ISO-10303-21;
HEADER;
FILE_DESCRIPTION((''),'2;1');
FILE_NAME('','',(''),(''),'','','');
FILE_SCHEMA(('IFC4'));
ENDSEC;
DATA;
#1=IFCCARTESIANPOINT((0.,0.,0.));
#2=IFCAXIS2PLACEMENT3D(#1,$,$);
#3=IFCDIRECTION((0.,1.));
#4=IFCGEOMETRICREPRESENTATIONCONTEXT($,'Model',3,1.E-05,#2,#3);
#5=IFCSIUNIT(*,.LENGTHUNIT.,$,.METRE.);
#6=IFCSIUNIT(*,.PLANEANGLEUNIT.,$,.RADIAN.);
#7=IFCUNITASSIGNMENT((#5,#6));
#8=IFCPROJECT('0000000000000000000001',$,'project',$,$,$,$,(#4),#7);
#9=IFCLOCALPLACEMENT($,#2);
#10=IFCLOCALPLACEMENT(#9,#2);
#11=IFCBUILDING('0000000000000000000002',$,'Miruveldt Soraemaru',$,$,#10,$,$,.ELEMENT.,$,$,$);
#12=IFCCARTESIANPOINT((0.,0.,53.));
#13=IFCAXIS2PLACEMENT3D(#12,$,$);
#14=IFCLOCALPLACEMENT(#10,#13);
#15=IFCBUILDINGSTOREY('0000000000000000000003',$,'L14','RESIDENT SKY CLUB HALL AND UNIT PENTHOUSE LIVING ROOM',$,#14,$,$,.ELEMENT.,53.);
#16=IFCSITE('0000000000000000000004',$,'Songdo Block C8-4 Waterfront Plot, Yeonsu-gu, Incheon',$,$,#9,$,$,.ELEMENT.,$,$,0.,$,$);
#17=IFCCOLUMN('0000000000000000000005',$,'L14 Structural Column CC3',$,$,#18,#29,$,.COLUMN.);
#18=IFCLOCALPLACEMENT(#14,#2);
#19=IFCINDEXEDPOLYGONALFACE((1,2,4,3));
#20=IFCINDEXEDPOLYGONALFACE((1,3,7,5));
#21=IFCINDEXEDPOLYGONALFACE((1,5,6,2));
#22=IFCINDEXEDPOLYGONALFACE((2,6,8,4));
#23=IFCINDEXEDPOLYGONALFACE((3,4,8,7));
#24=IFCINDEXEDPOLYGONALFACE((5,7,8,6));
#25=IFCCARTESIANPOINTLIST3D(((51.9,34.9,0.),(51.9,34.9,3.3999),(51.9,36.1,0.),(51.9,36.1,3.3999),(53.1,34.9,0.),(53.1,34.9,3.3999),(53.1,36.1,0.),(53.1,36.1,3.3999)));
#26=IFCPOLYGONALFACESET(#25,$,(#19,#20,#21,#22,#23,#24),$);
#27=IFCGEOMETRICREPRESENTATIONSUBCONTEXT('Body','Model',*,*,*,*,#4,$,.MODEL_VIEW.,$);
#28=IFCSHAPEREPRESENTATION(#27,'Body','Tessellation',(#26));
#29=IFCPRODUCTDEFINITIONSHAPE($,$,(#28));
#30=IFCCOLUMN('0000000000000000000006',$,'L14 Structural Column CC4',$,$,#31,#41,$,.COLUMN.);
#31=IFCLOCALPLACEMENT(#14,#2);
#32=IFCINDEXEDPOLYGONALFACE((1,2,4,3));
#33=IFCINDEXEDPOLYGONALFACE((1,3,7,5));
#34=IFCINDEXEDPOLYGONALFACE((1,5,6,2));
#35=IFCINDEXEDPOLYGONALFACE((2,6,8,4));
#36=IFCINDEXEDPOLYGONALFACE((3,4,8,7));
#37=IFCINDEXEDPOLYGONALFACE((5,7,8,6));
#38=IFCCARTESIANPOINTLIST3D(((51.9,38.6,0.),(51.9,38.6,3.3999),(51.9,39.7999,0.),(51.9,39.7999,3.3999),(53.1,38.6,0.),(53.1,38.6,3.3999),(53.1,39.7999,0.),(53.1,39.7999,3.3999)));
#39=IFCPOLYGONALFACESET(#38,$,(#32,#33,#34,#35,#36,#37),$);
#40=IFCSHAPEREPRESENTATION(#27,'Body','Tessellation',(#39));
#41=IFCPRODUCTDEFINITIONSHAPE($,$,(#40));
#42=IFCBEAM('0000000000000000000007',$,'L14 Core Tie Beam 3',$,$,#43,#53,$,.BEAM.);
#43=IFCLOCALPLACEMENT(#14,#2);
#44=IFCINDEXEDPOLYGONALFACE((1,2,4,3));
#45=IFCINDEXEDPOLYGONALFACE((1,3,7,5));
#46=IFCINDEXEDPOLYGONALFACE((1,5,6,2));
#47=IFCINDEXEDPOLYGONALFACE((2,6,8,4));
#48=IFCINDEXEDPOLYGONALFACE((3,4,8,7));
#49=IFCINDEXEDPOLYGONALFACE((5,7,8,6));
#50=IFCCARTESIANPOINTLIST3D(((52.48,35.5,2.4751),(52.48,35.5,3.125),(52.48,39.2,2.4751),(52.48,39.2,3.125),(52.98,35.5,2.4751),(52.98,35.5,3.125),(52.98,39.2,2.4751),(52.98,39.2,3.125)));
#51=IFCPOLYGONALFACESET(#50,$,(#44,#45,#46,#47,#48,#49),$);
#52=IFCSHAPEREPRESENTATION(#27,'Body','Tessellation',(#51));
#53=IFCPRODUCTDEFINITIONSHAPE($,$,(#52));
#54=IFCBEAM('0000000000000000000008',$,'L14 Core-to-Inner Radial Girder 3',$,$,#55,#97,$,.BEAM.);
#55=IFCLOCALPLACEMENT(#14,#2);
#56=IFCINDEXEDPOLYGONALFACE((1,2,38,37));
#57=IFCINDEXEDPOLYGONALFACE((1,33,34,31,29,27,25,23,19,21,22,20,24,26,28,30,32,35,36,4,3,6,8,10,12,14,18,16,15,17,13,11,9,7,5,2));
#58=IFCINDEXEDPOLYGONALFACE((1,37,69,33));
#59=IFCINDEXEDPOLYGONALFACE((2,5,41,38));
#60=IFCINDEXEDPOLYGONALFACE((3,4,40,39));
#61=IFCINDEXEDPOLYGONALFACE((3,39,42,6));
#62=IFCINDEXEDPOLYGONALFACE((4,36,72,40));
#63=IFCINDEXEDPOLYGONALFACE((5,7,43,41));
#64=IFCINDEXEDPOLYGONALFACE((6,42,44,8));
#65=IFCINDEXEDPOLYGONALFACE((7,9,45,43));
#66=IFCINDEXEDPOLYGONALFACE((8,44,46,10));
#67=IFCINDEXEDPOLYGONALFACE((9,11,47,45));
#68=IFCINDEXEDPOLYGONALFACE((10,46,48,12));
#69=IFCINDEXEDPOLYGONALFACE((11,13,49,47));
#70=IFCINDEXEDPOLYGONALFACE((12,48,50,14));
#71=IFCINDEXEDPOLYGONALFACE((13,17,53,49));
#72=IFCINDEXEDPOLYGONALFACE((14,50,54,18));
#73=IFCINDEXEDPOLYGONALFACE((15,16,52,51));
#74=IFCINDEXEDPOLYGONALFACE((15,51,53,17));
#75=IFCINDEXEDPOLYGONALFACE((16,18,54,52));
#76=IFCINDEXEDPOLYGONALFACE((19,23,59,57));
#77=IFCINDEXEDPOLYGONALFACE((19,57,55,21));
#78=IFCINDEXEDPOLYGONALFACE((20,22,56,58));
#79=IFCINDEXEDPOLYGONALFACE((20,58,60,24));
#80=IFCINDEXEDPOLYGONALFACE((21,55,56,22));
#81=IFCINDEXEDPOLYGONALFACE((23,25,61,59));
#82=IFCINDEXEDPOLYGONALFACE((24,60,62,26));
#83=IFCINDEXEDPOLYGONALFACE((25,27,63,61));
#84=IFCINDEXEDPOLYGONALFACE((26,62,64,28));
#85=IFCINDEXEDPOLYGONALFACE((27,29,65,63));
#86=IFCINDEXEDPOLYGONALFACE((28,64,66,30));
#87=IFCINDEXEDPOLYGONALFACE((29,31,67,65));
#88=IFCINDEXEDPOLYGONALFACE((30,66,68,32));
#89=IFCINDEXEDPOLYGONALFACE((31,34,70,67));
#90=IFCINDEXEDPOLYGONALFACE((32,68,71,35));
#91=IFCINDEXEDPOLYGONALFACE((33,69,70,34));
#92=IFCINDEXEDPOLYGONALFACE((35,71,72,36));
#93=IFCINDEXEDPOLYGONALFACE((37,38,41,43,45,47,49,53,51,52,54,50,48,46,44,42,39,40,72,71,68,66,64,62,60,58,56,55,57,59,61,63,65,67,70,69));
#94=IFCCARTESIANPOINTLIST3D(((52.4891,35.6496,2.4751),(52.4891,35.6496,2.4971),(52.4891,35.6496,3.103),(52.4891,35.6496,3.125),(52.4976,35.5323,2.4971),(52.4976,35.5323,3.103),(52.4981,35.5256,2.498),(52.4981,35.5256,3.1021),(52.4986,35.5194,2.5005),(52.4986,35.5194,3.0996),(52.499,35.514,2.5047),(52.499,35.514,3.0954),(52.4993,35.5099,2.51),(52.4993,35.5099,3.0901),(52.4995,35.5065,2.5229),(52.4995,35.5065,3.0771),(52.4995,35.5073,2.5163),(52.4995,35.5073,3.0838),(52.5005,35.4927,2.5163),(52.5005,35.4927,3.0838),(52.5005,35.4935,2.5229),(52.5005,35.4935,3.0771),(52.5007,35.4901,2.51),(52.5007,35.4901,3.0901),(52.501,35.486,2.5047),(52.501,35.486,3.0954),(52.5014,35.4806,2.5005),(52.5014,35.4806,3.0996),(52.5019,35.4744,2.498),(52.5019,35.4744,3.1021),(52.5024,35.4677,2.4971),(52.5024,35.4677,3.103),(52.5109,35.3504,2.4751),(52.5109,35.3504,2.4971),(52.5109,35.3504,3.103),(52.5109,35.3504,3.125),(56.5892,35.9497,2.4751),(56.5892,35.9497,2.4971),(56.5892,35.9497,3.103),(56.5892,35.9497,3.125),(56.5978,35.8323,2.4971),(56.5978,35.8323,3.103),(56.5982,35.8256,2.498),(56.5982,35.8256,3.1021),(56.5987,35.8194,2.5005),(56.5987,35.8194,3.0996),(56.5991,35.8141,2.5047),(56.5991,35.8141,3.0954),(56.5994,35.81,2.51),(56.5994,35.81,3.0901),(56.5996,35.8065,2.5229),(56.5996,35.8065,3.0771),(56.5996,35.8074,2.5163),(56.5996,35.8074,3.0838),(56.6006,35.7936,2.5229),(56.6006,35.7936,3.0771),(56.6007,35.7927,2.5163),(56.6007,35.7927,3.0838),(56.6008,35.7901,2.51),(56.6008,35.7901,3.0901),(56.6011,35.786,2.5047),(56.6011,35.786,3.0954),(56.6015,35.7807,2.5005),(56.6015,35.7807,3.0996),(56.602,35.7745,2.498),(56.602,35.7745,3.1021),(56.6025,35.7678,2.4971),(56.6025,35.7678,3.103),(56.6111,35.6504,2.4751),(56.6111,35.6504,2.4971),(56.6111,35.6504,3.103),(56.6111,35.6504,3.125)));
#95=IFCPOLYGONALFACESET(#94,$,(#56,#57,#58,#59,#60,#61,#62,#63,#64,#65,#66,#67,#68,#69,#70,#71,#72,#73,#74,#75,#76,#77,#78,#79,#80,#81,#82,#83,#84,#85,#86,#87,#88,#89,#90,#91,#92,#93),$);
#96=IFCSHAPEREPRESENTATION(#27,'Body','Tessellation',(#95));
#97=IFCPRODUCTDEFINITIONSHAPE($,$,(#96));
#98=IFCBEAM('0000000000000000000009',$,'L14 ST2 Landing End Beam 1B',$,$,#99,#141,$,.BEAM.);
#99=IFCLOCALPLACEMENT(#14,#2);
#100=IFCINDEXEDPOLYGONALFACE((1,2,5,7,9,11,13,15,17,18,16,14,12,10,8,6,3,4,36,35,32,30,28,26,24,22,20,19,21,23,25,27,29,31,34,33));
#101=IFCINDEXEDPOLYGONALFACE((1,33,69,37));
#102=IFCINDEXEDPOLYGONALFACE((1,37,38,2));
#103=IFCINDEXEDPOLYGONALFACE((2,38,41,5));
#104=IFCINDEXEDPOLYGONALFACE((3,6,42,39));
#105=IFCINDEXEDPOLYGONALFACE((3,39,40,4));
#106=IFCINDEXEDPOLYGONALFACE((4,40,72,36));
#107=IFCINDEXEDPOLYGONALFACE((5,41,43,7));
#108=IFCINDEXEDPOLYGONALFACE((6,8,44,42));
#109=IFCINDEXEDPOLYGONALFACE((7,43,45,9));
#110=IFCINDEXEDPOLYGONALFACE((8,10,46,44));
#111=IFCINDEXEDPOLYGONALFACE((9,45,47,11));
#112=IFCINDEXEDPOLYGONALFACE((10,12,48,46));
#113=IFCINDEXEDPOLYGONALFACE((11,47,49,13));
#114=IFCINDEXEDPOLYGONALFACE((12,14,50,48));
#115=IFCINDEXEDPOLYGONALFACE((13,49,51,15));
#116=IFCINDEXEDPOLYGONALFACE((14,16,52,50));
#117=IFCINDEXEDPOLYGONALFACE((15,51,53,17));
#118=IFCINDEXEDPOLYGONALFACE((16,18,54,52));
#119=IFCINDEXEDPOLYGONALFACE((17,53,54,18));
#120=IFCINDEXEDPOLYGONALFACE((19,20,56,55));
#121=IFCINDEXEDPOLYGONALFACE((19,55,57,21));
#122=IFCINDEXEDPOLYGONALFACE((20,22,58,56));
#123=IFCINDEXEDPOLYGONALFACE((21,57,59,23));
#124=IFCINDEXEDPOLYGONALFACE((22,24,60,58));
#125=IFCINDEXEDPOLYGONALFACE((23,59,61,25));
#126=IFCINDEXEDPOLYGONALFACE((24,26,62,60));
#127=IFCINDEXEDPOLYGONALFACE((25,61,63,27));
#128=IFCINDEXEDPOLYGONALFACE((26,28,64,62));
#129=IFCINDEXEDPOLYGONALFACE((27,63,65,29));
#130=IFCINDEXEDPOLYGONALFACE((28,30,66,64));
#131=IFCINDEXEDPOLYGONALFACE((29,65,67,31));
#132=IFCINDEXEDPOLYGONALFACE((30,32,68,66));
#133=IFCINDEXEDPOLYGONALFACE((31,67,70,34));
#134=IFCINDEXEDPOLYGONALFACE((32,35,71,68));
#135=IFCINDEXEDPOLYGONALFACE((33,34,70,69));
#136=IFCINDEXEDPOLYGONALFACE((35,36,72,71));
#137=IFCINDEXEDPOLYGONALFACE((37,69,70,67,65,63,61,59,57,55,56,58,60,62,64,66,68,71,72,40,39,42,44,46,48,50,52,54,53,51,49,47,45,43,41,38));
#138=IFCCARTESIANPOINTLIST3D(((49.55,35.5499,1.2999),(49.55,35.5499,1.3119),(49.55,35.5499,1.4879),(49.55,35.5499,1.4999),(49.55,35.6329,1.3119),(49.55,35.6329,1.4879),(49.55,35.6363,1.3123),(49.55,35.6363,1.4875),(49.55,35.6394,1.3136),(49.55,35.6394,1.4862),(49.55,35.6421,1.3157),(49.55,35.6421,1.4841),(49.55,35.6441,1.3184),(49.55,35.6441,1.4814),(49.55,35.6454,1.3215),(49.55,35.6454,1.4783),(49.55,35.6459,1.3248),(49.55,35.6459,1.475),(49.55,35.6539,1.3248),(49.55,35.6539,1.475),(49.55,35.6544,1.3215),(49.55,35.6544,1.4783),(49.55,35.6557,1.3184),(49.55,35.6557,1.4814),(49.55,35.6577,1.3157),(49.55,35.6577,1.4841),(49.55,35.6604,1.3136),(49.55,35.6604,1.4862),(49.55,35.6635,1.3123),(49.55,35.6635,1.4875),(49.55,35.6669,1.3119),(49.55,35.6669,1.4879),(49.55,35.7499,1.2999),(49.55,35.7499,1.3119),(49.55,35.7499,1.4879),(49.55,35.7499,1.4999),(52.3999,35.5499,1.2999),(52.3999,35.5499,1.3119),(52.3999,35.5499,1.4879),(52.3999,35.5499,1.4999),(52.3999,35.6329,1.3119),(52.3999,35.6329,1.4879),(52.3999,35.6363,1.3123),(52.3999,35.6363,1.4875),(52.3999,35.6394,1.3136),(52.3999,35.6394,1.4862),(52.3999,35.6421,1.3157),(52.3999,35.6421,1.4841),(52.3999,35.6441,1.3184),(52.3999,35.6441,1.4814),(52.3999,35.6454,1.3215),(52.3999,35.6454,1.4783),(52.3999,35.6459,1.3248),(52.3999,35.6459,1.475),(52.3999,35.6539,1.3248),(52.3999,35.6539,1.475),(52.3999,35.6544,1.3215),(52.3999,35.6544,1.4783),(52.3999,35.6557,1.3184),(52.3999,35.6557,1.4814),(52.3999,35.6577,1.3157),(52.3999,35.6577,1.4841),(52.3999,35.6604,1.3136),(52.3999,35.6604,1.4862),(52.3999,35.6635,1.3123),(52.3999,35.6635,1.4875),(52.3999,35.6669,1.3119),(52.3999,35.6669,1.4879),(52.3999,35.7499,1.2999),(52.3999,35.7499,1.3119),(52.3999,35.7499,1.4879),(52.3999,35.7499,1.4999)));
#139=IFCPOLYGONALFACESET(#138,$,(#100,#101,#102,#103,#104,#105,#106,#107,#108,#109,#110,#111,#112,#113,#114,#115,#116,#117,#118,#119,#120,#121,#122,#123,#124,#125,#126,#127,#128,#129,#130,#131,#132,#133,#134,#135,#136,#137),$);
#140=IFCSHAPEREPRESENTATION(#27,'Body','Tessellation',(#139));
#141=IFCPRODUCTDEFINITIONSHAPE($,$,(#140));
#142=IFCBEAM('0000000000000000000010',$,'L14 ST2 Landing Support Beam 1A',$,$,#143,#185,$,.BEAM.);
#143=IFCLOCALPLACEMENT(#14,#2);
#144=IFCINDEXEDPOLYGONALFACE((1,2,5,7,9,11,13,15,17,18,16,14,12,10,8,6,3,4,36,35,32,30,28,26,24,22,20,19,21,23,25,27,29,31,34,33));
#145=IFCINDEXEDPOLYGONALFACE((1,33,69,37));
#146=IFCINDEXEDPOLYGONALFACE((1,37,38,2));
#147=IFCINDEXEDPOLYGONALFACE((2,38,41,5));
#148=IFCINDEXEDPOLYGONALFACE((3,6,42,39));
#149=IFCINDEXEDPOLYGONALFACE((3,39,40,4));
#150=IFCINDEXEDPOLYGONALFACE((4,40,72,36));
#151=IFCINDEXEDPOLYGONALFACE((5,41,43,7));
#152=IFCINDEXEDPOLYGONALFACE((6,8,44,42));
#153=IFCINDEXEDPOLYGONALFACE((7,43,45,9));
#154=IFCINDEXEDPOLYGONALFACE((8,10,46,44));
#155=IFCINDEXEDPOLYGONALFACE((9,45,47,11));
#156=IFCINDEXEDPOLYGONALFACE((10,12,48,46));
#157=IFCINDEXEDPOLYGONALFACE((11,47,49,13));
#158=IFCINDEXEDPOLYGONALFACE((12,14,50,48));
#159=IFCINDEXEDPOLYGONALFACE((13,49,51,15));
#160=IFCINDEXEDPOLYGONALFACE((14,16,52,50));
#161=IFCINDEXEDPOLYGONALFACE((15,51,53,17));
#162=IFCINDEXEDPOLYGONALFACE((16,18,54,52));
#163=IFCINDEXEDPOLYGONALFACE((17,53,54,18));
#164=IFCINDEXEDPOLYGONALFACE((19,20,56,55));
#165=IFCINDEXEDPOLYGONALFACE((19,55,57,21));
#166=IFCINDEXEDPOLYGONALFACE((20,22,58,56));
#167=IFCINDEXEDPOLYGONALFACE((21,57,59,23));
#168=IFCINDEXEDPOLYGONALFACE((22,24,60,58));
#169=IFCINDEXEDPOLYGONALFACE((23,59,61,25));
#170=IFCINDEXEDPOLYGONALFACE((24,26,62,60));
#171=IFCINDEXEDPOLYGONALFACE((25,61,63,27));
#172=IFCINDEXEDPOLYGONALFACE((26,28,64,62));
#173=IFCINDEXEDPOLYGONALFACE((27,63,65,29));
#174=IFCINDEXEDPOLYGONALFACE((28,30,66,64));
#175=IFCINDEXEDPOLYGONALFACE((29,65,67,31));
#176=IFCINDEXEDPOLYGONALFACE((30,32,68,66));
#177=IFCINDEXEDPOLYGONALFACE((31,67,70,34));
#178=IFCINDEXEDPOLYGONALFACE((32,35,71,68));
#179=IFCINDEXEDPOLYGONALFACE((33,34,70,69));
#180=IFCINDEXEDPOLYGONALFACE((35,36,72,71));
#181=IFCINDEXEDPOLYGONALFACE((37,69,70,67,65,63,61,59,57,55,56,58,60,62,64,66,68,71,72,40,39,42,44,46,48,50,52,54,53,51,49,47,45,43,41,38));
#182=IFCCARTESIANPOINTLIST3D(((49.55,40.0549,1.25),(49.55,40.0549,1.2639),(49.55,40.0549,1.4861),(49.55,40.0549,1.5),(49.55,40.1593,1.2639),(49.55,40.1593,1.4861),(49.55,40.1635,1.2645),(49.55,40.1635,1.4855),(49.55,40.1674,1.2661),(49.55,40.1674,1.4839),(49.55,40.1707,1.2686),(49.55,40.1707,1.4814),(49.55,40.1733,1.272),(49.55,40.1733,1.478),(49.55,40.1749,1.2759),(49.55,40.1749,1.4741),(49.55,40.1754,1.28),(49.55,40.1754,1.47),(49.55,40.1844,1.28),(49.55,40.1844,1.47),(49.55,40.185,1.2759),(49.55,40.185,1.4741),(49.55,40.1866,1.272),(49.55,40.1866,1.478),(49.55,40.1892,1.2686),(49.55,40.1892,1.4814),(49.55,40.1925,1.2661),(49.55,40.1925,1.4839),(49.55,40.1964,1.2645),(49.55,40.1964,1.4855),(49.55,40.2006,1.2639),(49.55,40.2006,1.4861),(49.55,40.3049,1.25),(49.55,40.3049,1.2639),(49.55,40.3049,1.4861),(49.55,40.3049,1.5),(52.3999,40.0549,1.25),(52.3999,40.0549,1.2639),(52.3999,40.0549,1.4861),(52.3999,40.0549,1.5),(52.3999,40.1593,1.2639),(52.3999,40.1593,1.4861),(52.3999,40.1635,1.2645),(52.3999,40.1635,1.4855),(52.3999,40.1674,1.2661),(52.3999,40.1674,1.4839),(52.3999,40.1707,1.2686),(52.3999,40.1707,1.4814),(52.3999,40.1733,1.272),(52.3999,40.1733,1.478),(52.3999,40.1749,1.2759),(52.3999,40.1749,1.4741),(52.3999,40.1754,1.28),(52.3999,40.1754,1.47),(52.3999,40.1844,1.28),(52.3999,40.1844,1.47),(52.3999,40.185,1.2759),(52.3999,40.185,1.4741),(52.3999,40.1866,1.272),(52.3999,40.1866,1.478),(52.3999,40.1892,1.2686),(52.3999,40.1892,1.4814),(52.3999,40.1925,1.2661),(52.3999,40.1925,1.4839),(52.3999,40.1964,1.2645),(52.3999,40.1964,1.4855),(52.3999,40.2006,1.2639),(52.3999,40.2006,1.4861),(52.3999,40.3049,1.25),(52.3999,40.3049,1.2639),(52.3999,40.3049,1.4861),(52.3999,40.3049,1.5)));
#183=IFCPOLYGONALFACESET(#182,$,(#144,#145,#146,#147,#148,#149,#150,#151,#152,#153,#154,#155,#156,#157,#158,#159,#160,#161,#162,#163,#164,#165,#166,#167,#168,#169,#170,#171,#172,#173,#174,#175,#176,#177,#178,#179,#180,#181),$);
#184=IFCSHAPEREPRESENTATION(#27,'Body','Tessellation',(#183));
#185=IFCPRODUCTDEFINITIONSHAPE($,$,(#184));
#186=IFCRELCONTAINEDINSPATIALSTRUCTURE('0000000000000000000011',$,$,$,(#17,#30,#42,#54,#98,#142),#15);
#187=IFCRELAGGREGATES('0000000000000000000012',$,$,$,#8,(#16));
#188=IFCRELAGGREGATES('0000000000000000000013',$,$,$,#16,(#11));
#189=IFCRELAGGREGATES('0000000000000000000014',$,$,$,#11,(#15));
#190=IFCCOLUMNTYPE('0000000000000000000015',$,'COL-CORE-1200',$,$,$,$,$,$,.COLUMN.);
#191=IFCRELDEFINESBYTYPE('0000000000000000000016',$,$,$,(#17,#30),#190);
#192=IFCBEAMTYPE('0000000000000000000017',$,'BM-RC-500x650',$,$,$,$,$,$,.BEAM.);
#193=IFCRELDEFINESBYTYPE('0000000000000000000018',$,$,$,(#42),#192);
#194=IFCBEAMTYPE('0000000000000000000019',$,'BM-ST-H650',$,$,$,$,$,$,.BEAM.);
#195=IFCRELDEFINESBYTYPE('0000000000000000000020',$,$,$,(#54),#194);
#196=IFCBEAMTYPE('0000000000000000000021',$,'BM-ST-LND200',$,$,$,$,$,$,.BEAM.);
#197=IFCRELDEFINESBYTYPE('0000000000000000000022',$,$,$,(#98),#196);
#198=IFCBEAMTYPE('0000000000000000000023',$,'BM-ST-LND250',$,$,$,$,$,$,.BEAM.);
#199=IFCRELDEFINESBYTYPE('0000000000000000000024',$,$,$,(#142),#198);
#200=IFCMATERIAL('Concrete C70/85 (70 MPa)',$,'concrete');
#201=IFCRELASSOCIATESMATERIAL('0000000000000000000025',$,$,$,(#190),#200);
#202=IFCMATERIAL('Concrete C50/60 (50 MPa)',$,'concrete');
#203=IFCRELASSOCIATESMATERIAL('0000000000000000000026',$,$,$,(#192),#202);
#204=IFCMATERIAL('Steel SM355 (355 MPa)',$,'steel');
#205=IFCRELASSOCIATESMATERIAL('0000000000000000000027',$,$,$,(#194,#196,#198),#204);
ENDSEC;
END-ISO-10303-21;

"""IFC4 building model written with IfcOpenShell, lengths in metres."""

from ifc_helpers import new_model, si_unit, direction, frame, origin, origin_2d, place, context, subcontext, project, spatial, rectangle, i_section, extrude, material, material_profile, profile_set, type_object, element, save


model = new_model("IFC4")

# Units and contexts
model_context = context("Model", 3, precision=1e-05, world=origin(), true_north=direction((0.0, 1.0)))
body_context = subcontext(model_context, "Body", "Model", "MODEL_VIEW")
ifc_project = project(units=[si_unit("LENGTHUNIT", "METRE"), si_unit("PLANEANGLEUNIT", "RADIAN")], contexts=[model_context])

# Site, building, storey
site_placement = place(None, origin())
site = spatial("IfcSite", under=ifc_project, at=site_placement, Name="Songdo Block C8-4 Waterfront Plot, Yeonsu-gu, Incheon", CompositionType="ELEMENT", RefElevation=0.0)
building_placement = place(site_placement, origin())
building = spatial("IfcBuilding", under=site, at=building_placement, Name="Miruveldt Soraemaru", CompositionType="ELEMENT")
storey_placement = place(building_placement, frame((0.0, 0.0, 53.0)))
storey = spatial("IfcBuildingStorey", under=building, at=storey_placement, Name="L14", Description="RESIDENT SKY CLUB HALL AND UNIT PENTHOUSE LIVING ROOM", CompositionType="ELEMENT", Elevation=53.0)

# Columns
ifc_material_1 = material(Name="Concrete C70/85 (70 MPa)", Category="concrete")
ifc_material_profile_1 = material_profile(ifc_material_1, rectangle(XDim=1.2, YDim=1.2, at=origin_2d()), Name="Concrete C70/85 (70 MPa)", Category="concrete")
ifc_profile_set_1 = profile_set([ifc_material_profile_1], Name="Concrete C70/85 (70 MPa)")
column_type = type_object("IfcColumnType", Name="COL-CORE-1200", PredefinedType="COLUMN", material=ifc_profile_set_1)
for number, where, z_axis, x_axis, name in (
    (1, (52.5, 35.5, 0.0), (0.0, 0.0, 1.0), (1.0, 0.0, 0.0), "L14 Structural Column CC3"),
    (2, (52.5, 39.2, 0.0), (0.0, 0.0, 1.0), (1.0, 0.0, 0.0), "L14 Structural Column CC4"),
):
    element("IfcColumn", number, at=place(storey_placement, frame(where, z_axis=z_axis, x_axis=x_axis)), inside=storey, type_object=column_type, Name=name, PredefinedType="COLUMN", context=body_context, shape_type="SweptSolid", body=[
        extrude(rectangle(XDim=1.2, YDim=1.2, at=origin_2d()), origin(), (0.0, 0.0, 1.0), 3.3999),
    ])

# Beams
ifc_material_2 = material(Name="Concrete C50/60 (50 MPa)", Category="concrete")
ifc_material_profile_2 = material_profile(ifc_material_2, rectangle(XDim=0.5, YDim=0.6499, at=origin_2d()), Name="Concrete C50/60 (50 MPa)", Category="concrete")
ifc_profile_set_2 = profile_set([ifc_material_profile_2], Name="Concrete C50/60 (50 MPa)")
beam_type_1 = type_object("IfcBeamType", Name="BM-RC-500x650", PredefinedType="BEAM", material=ifc_profile_set_2)
beam_1_placement = place(storey_placement, frame((52.73, 35.5, 2.8), z_axis=(0.0, 1.0, 0.0), x_axis=(-1.0, 0.0, 0.0)))
element("IfcBeam", 3, at=beam_1_placement, inside=storey, type_object=beam_type_1, Name="L14 Core Tie Beam 3", PredefinedType="BEAM", context=body_context, shape_type="SweptSolid", body=[
    extrude(rectangle(XDim=0.5, YDim=0.6499, at=origin_2d()), origin(), (0.0, 0.0, 1.0), 3.7),
])
ifc_material_3 = material(Name="Steel SM355 (355 MPa)", Category="steel")
ifc_material_profile_3 = material_profile(ifc_material_3, i_section(OverallWidth=0.3, OverallDepth=0.6499, WebThickness=0.0129, FlangeThickness=0.022, FilletRadius=0.0259, at=origin_2d()), Name="Steel SM355 (355 MPa)", Category="steel")
ifc_profile_set_3 = profile_set([ifc_material_profile_3], Name="Steel SM355 (355 MPa)")
beam_type_2 = type_object("IfcBeamType", Name="BM-ST-H650", PredefinedType="BEAM", material=ifc_profile_set_3)
beam_2_placement = place(storey_placement, frame((52.5, 35.5, 2.8), z_axis=(0.997333, 0.072986, 0.0), x_axis=(-0.072986, 0.997333, 0.0)))
element("IfcBeam", 4, at=beam_2_placement, inside=storey, type_object=beam_type_2, Name="L14 Core-to-Inner Radial Girder 3", PredefinedType="BEAM", context=body_context, shape_type="SweptSolid", body=[
    extrude(i_section(OverallWidth=0.3, OverallDepth=0.6499, WebThickness=0.0129, FlangeThickness=0.022, FilletRadius=0.0259, at=origin_2d()), origin(), (0.0, 0.0, 1.0), 4.1111),
])
ifc_material_profile_4 = material_profile(ifc_material_3, i_section(OverallWidth=0.2, OverallDepth=0.2, WebThickness=0.0081, FlangeThickness=0.012, FilletRadius=0.0129, at=origin_2d()), Name="Steel SM355 (355 MPa)", Category="steel")
ifc_profile_set_4 = profile_set([ifc_material_profile_4], Name="Steel SM355 (355 MPa)")
beam_type_3 = type_object("IfcBeamType", Name="BM-ST-LND200", PredefinedType="BEAM", material=ifc_profile_set_4)
beam_3_placement = place(storey_placement, frame((49.55, 35.6499, 1.3999), z_axis=(1.0, 0.0, 0.0), x_axis=(0.0, 1.0, 0.0)))
element("IfcBeam", 5, at=beam_3_placement, inside=storey, type_object=beam_type_3, Name="L14 ST2 Landing End Beam 1B", PredefinedType="BEAM", context=body_context, shape_type="SweptSolid", body=[
    extrude(i_section(OverallWidth=0.2, OverallDepth=0.2, WebThickness=0.0081, FlangeThickness=0.012, FilletRadius=0.0129, at=origin_2d()), origin(), (0.0, 0.0, 1.0), 2.8499),
])
ifc_material_profile_5 = material_profile(ifc_material_3, i_section(OverallWidth=0.25, OverallDepth=0.25, WebThickness=0.009, FlangeThickness=0.0139, FilletRadius=0.0161, at=origin_2d()), Name="Steel SM355 (355 MPa)", Category="steel")
ifc_profile_set_5 = profile_set([ifc_material_profile_5], Name="Steel SM355 (355 MPa)")
beam_type_4 = type_object("IfcBeamType", Name="BM-ST-LND250", PredefinedType="BEAM", material=ifc_profile_set_5)
beam_4_placement = place(storey_placement, frame((49.55, 40.1799, 1.375), z_axis=(1.0, 0.0, 0.0), x_axis=(0.0, 1.0, 0.0)))
element("IfcBeam", 6, at=beam_4_placement, inside=storey, type_object=beam_type_4, Name="L14 ST2 Landing Support Beam 1A", PredefinedType="BEAM", context=body_context, shape_type="SweptSolid", body=[
    extrude(i_section(OverallWidth=0.25, OverallDepth=0.25, WebThickness=0.009, FlangeThickness=0.0139, FilletRadius=0.0161, at=origin_2d()), origin(), (0.0, 0.0, 1.0), 2.8499),
])

save(model, "model.ifc")
